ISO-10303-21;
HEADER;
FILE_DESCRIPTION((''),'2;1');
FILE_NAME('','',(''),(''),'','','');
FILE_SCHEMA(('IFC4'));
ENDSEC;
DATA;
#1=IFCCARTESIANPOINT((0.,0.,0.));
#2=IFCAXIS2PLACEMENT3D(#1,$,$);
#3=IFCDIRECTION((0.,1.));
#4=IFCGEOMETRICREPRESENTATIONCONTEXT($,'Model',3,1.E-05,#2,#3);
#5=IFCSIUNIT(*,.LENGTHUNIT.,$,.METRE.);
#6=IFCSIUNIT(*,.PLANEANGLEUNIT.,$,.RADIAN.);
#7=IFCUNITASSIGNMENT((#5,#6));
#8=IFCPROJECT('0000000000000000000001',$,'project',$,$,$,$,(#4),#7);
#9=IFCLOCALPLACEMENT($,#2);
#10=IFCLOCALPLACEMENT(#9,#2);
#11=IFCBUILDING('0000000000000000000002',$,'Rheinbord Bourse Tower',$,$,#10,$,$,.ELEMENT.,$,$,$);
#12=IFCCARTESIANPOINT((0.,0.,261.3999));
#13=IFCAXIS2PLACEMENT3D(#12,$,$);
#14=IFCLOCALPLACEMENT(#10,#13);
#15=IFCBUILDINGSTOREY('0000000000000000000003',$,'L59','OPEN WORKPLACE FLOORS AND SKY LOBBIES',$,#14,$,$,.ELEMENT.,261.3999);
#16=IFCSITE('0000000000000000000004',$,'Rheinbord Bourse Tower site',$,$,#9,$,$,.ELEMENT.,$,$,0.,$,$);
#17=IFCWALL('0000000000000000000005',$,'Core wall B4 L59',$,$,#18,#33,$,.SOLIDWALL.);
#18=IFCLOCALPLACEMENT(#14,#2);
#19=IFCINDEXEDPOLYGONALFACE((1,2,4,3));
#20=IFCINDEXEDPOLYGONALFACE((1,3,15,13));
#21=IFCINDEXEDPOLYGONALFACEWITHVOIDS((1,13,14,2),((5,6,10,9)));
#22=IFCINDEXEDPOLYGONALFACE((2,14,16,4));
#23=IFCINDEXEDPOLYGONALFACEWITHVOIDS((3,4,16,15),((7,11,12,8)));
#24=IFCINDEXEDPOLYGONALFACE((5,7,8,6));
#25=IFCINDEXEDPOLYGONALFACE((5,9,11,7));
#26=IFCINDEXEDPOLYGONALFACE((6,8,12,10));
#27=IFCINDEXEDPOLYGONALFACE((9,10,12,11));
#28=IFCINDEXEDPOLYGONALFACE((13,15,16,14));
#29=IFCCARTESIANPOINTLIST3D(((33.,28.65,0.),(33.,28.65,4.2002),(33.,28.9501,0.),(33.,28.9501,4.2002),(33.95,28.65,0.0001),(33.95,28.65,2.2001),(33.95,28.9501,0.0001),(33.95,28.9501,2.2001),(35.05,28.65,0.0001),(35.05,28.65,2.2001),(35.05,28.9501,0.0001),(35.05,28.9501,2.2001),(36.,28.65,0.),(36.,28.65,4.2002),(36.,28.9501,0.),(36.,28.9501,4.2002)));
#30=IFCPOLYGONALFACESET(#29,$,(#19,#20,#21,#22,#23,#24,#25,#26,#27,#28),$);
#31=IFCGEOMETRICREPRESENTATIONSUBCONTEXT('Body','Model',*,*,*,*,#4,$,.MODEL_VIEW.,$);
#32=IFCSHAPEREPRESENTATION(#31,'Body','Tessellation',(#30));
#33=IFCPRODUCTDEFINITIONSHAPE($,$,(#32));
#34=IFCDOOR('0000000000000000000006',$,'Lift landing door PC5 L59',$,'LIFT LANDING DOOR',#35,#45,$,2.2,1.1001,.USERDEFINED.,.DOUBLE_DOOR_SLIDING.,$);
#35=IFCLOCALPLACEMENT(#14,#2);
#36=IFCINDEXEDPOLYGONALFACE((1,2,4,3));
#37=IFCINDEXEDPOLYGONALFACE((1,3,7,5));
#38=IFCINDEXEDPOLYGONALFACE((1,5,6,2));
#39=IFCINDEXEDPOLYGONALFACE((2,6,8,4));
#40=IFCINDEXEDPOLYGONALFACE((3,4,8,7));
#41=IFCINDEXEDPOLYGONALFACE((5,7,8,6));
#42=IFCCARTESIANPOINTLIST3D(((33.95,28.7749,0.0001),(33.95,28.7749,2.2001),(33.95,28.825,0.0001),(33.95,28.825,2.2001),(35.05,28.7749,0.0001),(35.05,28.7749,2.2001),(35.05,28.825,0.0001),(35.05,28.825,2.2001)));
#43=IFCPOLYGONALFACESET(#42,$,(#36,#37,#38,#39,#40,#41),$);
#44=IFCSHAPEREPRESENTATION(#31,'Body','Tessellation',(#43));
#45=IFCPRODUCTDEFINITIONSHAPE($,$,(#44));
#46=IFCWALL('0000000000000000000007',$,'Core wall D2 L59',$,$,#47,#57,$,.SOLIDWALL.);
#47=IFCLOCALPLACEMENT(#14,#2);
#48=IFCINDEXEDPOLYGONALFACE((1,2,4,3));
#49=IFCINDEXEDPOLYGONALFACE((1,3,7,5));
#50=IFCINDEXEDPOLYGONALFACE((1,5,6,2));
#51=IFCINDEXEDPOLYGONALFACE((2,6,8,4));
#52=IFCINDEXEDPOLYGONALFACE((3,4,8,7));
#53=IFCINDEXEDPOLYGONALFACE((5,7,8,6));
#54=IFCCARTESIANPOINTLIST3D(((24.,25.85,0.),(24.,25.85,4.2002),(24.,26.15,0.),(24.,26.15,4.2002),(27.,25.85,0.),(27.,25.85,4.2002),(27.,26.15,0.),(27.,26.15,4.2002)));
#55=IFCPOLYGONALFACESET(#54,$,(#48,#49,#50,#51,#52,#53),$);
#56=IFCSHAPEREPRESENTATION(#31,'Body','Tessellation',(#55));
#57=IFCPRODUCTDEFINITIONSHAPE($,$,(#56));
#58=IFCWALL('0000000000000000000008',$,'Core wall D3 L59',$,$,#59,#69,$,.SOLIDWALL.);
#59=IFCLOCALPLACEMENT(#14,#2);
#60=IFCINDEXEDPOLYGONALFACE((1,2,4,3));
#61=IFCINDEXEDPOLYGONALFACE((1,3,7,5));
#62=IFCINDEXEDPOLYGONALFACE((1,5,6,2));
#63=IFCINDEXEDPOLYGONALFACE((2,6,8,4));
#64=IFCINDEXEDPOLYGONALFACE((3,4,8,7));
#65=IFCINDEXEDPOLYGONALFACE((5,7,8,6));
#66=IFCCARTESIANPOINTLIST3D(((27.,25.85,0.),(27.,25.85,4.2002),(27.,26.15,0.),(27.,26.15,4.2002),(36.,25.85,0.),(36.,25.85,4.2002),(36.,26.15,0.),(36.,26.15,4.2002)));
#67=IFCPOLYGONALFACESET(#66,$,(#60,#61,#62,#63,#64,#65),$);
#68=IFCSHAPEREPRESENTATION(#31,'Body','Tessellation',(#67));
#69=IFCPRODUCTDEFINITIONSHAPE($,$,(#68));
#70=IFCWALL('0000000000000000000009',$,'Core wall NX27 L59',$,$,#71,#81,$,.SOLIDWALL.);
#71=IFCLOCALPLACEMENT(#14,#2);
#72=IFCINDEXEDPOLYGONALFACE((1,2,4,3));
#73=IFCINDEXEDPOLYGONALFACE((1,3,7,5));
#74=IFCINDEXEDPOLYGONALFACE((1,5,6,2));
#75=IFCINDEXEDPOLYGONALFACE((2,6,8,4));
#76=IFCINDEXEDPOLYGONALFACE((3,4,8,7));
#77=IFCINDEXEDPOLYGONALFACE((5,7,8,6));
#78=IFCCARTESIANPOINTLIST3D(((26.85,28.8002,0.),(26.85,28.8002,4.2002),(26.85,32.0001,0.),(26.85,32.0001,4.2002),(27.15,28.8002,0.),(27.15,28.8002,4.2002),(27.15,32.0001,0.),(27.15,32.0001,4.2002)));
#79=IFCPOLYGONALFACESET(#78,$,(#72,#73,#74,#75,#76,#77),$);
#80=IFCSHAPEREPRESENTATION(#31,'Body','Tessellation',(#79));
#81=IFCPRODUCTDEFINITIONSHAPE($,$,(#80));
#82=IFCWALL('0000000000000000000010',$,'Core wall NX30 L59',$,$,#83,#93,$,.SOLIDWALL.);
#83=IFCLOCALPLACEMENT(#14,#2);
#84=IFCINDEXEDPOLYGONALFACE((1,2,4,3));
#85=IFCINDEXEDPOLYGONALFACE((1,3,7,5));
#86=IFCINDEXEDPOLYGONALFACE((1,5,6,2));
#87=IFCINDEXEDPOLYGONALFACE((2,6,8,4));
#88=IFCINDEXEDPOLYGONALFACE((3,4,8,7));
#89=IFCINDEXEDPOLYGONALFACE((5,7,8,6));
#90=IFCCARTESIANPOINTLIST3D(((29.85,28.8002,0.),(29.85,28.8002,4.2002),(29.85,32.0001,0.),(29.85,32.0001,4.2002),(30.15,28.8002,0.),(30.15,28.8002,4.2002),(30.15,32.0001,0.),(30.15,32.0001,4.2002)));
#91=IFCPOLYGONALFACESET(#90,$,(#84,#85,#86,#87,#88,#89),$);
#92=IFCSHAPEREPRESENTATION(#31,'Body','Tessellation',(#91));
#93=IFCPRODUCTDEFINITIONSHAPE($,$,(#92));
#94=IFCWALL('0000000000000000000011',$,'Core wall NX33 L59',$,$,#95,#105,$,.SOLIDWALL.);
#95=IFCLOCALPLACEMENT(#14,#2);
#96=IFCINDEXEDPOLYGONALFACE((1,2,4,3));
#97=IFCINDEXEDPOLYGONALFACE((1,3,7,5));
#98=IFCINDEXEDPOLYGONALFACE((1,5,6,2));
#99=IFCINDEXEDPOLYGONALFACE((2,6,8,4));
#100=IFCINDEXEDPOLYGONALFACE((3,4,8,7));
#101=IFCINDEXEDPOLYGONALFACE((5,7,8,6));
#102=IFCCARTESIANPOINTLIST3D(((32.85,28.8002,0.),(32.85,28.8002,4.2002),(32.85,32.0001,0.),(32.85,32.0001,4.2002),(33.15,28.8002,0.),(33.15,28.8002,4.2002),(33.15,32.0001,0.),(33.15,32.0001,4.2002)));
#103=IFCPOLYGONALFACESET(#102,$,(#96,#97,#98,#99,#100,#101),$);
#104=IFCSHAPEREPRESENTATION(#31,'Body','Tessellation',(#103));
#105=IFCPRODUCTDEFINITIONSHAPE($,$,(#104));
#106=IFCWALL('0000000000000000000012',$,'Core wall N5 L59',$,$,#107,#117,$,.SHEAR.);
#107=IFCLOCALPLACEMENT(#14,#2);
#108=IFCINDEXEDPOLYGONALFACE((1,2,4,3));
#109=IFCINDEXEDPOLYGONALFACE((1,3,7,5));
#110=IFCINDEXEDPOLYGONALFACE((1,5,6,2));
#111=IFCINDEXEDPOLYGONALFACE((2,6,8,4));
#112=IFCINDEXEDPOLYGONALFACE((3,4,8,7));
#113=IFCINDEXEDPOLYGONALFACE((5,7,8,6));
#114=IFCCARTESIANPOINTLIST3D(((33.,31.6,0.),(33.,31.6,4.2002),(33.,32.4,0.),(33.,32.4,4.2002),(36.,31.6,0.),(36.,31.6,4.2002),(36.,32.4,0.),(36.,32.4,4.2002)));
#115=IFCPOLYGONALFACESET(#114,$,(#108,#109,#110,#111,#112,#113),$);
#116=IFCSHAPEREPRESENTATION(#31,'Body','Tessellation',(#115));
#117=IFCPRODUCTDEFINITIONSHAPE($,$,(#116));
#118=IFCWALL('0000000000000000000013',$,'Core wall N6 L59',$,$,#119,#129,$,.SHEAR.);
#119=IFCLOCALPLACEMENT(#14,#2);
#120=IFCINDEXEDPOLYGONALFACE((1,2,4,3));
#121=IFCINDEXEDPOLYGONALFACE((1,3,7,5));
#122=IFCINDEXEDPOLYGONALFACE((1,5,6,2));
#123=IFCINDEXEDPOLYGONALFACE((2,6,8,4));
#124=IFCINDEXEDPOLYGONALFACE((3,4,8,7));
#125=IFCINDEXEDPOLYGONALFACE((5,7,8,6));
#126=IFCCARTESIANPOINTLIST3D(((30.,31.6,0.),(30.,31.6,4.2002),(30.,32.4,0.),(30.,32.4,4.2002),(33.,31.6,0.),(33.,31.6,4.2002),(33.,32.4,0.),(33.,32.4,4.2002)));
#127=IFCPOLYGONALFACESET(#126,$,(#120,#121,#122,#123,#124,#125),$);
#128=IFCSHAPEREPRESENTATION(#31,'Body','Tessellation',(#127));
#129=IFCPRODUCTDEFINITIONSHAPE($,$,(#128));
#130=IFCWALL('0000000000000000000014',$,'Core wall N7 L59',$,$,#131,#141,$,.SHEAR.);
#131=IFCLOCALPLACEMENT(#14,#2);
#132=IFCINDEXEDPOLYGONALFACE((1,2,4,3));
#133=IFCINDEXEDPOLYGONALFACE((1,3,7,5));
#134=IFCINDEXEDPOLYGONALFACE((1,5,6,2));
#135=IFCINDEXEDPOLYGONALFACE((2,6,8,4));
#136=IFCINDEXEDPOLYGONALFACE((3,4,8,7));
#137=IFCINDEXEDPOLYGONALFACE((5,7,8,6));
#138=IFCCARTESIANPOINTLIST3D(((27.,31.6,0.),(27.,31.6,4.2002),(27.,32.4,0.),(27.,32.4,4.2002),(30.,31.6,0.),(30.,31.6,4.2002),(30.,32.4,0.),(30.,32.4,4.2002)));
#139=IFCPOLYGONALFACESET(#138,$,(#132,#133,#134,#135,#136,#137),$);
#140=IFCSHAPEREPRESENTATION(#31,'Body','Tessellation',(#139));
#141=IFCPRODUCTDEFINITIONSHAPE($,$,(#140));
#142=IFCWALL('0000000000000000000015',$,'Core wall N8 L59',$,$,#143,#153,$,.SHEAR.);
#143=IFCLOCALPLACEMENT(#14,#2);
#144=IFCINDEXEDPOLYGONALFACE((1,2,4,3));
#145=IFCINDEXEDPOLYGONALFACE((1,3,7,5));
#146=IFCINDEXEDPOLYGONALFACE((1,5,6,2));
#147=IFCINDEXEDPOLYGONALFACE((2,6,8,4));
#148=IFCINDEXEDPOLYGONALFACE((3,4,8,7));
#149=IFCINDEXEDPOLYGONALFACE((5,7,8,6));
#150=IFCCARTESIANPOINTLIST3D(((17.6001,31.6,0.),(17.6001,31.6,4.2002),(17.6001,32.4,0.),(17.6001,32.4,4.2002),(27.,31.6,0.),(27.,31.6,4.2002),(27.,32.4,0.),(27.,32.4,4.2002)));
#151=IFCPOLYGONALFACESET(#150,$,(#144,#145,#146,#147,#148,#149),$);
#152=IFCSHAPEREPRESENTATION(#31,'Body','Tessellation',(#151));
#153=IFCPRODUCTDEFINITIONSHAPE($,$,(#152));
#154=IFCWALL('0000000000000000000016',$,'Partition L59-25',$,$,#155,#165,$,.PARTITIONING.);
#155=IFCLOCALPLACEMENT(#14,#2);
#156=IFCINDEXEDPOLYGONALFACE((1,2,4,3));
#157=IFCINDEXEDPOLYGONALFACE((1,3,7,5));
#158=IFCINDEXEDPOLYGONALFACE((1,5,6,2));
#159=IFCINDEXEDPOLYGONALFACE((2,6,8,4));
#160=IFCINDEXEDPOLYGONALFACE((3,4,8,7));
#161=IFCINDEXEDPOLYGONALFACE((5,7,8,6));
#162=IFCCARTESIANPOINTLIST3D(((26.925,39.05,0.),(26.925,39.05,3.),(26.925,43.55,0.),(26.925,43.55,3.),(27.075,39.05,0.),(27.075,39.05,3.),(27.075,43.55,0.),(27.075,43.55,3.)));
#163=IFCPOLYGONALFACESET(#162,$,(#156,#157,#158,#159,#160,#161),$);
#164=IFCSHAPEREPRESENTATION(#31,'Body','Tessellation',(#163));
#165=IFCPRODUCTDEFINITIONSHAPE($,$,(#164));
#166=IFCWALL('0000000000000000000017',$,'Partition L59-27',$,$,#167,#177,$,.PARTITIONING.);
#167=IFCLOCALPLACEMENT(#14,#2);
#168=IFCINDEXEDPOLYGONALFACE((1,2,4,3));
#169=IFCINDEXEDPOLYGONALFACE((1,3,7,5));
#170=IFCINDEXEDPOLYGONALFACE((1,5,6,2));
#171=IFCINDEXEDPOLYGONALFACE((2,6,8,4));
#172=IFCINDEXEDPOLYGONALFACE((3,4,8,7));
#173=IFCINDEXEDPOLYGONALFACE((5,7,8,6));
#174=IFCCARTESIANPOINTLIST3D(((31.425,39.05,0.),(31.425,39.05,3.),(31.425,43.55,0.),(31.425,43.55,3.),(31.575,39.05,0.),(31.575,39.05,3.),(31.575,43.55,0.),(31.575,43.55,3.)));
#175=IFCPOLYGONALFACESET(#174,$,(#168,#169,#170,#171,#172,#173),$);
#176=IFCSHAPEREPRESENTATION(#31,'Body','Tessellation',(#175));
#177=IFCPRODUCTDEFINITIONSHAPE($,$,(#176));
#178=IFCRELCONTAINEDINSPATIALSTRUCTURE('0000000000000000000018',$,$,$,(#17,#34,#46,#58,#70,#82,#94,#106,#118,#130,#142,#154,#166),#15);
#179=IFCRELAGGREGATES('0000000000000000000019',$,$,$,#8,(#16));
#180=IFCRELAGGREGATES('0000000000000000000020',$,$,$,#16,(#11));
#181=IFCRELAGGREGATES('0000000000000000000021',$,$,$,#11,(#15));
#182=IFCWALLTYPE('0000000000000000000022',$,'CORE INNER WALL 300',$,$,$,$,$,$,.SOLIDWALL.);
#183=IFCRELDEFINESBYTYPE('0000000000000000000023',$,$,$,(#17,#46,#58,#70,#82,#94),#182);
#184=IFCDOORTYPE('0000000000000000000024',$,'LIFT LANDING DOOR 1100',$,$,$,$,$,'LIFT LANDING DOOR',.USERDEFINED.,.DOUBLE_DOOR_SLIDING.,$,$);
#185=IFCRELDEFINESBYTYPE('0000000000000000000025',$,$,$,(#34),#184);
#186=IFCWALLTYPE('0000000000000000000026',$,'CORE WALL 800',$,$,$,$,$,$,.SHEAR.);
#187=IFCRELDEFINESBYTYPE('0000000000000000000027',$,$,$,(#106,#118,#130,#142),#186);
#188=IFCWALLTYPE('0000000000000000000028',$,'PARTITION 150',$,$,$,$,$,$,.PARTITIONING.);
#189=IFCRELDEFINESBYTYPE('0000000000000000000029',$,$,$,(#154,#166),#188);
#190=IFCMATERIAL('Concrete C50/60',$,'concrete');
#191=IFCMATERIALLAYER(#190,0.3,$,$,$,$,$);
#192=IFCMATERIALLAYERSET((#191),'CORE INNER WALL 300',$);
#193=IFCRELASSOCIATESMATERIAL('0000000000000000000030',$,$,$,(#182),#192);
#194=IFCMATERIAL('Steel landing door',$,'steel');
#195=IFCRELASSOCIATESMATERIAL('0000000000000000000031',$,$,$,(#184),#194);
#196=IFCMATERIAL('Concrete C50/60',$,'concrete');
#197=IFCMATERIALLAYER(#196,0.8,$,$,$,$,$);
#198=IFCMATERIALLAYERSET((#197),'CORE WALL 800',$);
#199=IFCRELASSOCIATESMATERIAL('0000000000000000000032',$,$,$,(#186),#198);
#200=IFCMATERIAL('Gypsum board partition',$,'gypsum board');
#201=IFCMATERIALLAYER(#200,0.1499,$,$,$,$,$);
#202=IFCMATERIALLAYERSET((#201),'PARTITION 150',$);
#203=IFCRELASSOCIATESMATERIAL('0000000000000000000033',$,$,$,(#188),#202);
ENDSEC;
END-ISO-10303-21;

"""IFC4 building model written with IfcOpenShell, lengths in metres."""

from ifc_helpers import new_model, si_unit, direction, frame, frame_2d, origin, place, context, subcontext, project, spatial, rectangle, extrude, material, layer, layer_set, type_object, element, fill, save


model = new_model("IFC4")

# Units and contexts
model_context = context("Model", 3, precision=1e-05, world=origin(), true_north=direction((0.0, 1.0)))
body_context = subcontext(model_context, "Body", "Model", "MODEL_VIEW")
ifc_project = project(units=[si_unit("LENGTHUNIT", "METRE"), si_unit("PLANEANGLEUNIT", "RADIAN")], contexts=[model_context])

# Site, building, storey
site_placement = place(None, origin())
site = spatial("IfcSite", under=ifc_project, at=site_placement, Name="Rheinbord Bourse Tower site", CompositionType="ELEMENT", RefElevation=0.0)
building_placement = place(site_placement, origin())
building = spatial("IfcBuilding", under=site, at=building_placement, Name="Rheinbord Bourse Tower", CompositionType="ELEMENT")
storey_placement = place(building_placement, frame((0.0, 0.0, 261.3999)))
storey = spatial("IfcBuildingStorey", under=building, at=storey_placement, Name="L59", Description="OPEN WORKPLACE FLOORS AND SKY LOBBIES", CompositionType="ELEMENT", Elevation=261.3999)

# Wall, opening, door
ifc_material_1 = material(Name="Concrete C50/60", Category="concrete")
ifc_layer_1 = layer(ifc_material_1, 0.3)
ifc_layer_set_1 = layer_set([ifc_layer_1], Name="CORE INNER WALL 300")
wall_type_1 = type_object("IfcWallType", Name="CORE INNER WALL 300", PredefinedType="SOLIDWALL", material=ifc_layer_set_1)
ifc_material_2 = material(Name="Steel landing door", Category="steel")
door_type = type_object("IfcDoorType", Name="LIFT LANDING DOOR 1100", ElementType="LIFT LANDING DOOR", OperationType="DOUBLE_DOOR_SLIDING", PredefinedType="USERDEFINED", material=ifc_material_2)
wall_1_placement = place(storey_placement, frame((33.0, 28.8, 0.0), z_axis=(0.0, 0.0, 1.0), x_axis=(1.0, 0.0, 0.0)))
wall_1 = element("IfcWall", 1, at=wall_1_placement, inside=storey, type_object=wall_type_1, Name="Core wall B4 L59", PredefinedType="SOLIDWALL", context=body_context, shape_type="SweptSolid", body=[
    extrude(rectangle(XDim=3.0, YDim=0.3, at=frame_2d((1.5, 0.0))), origin(), (0.0, 0.0, 1.0), 4.2002),
])
opening_1_placement = place(wall_1_placement, frame((0.95, 0.0, 0.0)))
opening_1 = element("IfcOpeningElement", 2, at=opening_1_placement, cuts=wall_1, PredefinedType="OPENING", context=body_context, shape_type="SweptSolid", body=[
    extrude(rectangle(XDim=1.1001, YDim=2.2, at=frame_2d((0.55, 1.1001))), frame((0.0, 0.1599, 0.0), z_axis=(0.0, -1.0, 0.0), x_axis=(1.0, 0.0, 0.0)), (0.0, 0.0, 1.0), 0.3201),
])
door_1_placement = place(opening_1_placement, origin())
door_1 = element("IfcDoor", 3, at=door_1_placement, inside=storey, type_object=door_type, Name="Lift landing door PC5 L59", ObjectType="LIFT LANDING DOOR", OperationType="DOUBLE_DOOR_SLIDING", OverallHeight=2.2, OverallWidth=1.1001, PredefinedType="USERDEFINED", context=body_context, shape_type="SweptSolid", body=[
    extrude(rectangle(XDim=1.1001, YDim=2.2, at=frame_2d((0.55, 1.1001))), frame((0.0, 0.0249, 0.0), z_axis=(0.0, -1.0, 0.0), x_axis=(1.0, 0.0, 0.0)), (0.0, 0.0, 1.0), 0.05),
])
fill(opening_1, door_1)

# Walls
wall_2_placement = place(storey_placement, frame((24.0, 26.0, 0.0), z_axis=(0.0, 0.0, 1.0), x_axis=(1.0, 0.0, 0.0)))
element("IfcWall", 4, at=wall_2_placement, inside=storey, type_object=wall_type_1, Name="Core wall D2 L59", PredefinedType="SOLIDWALL", context=body_context, shape_type="SweptSolid", body=[
    extrude(rectangle(XDim=3.0, YDim=0.3, at=frame_2d((1.5, 0.0))), origin(), (0.0, 0.0, 1.0), 4.2002),
])
wall_3_placement = place(storey_placement, frame((27.0, 26.0, 0.0), z_axis=(0.0, 0.0, 1.0), x_axis=(1.0, 0.0, 0.0)))
element("IfcWall", 5, at=wall_3_placement, inside=storey, type_object=wall_type_1, Name="Core wall D3 L59", PredefinedType="SOLIDWALL", context=body_context, shape_type="SweptSolid", body=[
    extrude(rectangle(XDim=9.0, YDim=0.3, at=frame_2d((4.5, 0.0))), origin(), (0.0, 0.0, 1.0), 4.2002),
])
for number, where, z_axis, x_axis, name in (
    (6, (27.0, 28.8, 0.0), (0.0, 0.0, 1.0), (0.0, 1.0, 0.0), "Core wall NX27 L59"),
    (7, (30.0, 28.8, 0.0), (0.0, 0.0, 1.0), (0.0, 1.0, 0.0), "Core wall NX30 L59"),
    (8, (33.0, 28.8, 0.0), (0.0, 0.0, 1.0), (0.0, 1.0, 0.0), "Core wall NX33 L59"),
):
    element("IfcWall", number, at=place(storey_placement, frame(where, z_axis=z_axis, x_axis=x_axis)), inside=storey, type_object=wall_type_1, Name=name, PredefinedType="SOLIDWALL", context=body_context, shape_type="SweptSolid", body=[
        extrude(rectangle(XDim=3.2, YDim=0.3, at=frame_2d((1.6001, 0.0))), origin(), (0.0, 0.0, 1.0), 4.2002),
    ])
ifc_material_3 = material(Name="Concrete C50/60", Category="concrete")
ifc_layer_2 = layer(ifc_material_3, 0.8)
ifc_layer_set_2 = layer_set([ifc_layer_2], Name="CORE WALL 800")
wall_type_2 = type_object("IfcWallType", Name="CORE WALL 800", PredefinedType="SHEAR", material=ifc_layer_set_2)
for number, where, z_axis, x_axis, name in (
    (9, (36.0, 32.0, 0.0), (0.0, 0.0, 1.0), (-1.0, 0.0, 0.0), "Core wall N5 L59"),
    (10, (33.0, 32.0, 0.0), (0.0, 0.0, 1.0), (-1.0, 0.0, 0.0), "Core wall N6 L59"),
    (11, (30.0, 32.0, 0.0), (0.0, 0.0, 1.0), (-1.0, 0.0, 0.0), "Core wall N7 L59"),
):
    element("IfcWall", number, at=place(storey_placement, frame(where, z_axis=z_axis, x_axis=x_axis)), inside=storey, type_object=wall_type_2, Name=name, PredefinedType="SHEAR", context=body_context, shape_type="SweptSolid", body=[
        extrude(rectangle(XDim=3.0, YDim=0.8, at=frame_2d((1.5, 0.0))), origin(), (0.0, 0.0, 1.0), 4.2002),
    ])
wall_4_placement = place(storey_placement, frame((27.0, 32.0, 0.0), z_axis=(0.0, 0.0, 1.0), x_axis=(-1.0, 0.0, 0.0)))
element("IfcWall", 12, at=wall_4_placement, inside=storey, type_object=wall_type_2, Name="Core wall N8 L59", PredefinedType="SHEAR", context=body_context, shape_type="SweptSolid", body=[
    extrude(rectangle(XDim=9.3999, YDim=0.8, at=frame_2d((4.7, 0.0))), origin(), (0.0, 0.0, 1.0), 4.2002),
])
ifc_material_4 = material(Name="Gypsum board partition", Category="gypsum board")
ifc_layer_3 = layer(ifc_material_4, 0.1499)
ifc_layer_set_3 = layer_set([ifc_layer_3], Name="PARTITION 150")
wall_type_3 = type_object("IfcWallType", Name="PARTITION 150", PredefinedType="PARTITIONING", material=ifc_layer_set_3)
for number, where, z_axis, x_axis, name in (
    (13, (27.0, 39.05, 0.0), (0.0, 0.0, 1.0), (0.0, 1.0, 0.0), "Partition L59-25"),
    (14, (31.5, 39.05, 0.0), (0.0, 0.0, 1.0), (0.0, 1.0, 0.0), "Partition L59-27"),
):
    element("IfcWall", number, at=place(storey_placement, frame(where, z_axis=z_axis, x_axis=x_axis)), inside=storey, type_object=wall_type_3, Name=name, PredefinedType="PARTITIONING", context=body_context, shape_type="SweptSolid", body=[
        extrude(rectangle(XDim=4.5, YDim=0.1499, at=frame_2d((2.25, 0.0))), origin(), (0.0, 0.0, 1.0), 3.0),
    ])

save(model, "model.ifc")
